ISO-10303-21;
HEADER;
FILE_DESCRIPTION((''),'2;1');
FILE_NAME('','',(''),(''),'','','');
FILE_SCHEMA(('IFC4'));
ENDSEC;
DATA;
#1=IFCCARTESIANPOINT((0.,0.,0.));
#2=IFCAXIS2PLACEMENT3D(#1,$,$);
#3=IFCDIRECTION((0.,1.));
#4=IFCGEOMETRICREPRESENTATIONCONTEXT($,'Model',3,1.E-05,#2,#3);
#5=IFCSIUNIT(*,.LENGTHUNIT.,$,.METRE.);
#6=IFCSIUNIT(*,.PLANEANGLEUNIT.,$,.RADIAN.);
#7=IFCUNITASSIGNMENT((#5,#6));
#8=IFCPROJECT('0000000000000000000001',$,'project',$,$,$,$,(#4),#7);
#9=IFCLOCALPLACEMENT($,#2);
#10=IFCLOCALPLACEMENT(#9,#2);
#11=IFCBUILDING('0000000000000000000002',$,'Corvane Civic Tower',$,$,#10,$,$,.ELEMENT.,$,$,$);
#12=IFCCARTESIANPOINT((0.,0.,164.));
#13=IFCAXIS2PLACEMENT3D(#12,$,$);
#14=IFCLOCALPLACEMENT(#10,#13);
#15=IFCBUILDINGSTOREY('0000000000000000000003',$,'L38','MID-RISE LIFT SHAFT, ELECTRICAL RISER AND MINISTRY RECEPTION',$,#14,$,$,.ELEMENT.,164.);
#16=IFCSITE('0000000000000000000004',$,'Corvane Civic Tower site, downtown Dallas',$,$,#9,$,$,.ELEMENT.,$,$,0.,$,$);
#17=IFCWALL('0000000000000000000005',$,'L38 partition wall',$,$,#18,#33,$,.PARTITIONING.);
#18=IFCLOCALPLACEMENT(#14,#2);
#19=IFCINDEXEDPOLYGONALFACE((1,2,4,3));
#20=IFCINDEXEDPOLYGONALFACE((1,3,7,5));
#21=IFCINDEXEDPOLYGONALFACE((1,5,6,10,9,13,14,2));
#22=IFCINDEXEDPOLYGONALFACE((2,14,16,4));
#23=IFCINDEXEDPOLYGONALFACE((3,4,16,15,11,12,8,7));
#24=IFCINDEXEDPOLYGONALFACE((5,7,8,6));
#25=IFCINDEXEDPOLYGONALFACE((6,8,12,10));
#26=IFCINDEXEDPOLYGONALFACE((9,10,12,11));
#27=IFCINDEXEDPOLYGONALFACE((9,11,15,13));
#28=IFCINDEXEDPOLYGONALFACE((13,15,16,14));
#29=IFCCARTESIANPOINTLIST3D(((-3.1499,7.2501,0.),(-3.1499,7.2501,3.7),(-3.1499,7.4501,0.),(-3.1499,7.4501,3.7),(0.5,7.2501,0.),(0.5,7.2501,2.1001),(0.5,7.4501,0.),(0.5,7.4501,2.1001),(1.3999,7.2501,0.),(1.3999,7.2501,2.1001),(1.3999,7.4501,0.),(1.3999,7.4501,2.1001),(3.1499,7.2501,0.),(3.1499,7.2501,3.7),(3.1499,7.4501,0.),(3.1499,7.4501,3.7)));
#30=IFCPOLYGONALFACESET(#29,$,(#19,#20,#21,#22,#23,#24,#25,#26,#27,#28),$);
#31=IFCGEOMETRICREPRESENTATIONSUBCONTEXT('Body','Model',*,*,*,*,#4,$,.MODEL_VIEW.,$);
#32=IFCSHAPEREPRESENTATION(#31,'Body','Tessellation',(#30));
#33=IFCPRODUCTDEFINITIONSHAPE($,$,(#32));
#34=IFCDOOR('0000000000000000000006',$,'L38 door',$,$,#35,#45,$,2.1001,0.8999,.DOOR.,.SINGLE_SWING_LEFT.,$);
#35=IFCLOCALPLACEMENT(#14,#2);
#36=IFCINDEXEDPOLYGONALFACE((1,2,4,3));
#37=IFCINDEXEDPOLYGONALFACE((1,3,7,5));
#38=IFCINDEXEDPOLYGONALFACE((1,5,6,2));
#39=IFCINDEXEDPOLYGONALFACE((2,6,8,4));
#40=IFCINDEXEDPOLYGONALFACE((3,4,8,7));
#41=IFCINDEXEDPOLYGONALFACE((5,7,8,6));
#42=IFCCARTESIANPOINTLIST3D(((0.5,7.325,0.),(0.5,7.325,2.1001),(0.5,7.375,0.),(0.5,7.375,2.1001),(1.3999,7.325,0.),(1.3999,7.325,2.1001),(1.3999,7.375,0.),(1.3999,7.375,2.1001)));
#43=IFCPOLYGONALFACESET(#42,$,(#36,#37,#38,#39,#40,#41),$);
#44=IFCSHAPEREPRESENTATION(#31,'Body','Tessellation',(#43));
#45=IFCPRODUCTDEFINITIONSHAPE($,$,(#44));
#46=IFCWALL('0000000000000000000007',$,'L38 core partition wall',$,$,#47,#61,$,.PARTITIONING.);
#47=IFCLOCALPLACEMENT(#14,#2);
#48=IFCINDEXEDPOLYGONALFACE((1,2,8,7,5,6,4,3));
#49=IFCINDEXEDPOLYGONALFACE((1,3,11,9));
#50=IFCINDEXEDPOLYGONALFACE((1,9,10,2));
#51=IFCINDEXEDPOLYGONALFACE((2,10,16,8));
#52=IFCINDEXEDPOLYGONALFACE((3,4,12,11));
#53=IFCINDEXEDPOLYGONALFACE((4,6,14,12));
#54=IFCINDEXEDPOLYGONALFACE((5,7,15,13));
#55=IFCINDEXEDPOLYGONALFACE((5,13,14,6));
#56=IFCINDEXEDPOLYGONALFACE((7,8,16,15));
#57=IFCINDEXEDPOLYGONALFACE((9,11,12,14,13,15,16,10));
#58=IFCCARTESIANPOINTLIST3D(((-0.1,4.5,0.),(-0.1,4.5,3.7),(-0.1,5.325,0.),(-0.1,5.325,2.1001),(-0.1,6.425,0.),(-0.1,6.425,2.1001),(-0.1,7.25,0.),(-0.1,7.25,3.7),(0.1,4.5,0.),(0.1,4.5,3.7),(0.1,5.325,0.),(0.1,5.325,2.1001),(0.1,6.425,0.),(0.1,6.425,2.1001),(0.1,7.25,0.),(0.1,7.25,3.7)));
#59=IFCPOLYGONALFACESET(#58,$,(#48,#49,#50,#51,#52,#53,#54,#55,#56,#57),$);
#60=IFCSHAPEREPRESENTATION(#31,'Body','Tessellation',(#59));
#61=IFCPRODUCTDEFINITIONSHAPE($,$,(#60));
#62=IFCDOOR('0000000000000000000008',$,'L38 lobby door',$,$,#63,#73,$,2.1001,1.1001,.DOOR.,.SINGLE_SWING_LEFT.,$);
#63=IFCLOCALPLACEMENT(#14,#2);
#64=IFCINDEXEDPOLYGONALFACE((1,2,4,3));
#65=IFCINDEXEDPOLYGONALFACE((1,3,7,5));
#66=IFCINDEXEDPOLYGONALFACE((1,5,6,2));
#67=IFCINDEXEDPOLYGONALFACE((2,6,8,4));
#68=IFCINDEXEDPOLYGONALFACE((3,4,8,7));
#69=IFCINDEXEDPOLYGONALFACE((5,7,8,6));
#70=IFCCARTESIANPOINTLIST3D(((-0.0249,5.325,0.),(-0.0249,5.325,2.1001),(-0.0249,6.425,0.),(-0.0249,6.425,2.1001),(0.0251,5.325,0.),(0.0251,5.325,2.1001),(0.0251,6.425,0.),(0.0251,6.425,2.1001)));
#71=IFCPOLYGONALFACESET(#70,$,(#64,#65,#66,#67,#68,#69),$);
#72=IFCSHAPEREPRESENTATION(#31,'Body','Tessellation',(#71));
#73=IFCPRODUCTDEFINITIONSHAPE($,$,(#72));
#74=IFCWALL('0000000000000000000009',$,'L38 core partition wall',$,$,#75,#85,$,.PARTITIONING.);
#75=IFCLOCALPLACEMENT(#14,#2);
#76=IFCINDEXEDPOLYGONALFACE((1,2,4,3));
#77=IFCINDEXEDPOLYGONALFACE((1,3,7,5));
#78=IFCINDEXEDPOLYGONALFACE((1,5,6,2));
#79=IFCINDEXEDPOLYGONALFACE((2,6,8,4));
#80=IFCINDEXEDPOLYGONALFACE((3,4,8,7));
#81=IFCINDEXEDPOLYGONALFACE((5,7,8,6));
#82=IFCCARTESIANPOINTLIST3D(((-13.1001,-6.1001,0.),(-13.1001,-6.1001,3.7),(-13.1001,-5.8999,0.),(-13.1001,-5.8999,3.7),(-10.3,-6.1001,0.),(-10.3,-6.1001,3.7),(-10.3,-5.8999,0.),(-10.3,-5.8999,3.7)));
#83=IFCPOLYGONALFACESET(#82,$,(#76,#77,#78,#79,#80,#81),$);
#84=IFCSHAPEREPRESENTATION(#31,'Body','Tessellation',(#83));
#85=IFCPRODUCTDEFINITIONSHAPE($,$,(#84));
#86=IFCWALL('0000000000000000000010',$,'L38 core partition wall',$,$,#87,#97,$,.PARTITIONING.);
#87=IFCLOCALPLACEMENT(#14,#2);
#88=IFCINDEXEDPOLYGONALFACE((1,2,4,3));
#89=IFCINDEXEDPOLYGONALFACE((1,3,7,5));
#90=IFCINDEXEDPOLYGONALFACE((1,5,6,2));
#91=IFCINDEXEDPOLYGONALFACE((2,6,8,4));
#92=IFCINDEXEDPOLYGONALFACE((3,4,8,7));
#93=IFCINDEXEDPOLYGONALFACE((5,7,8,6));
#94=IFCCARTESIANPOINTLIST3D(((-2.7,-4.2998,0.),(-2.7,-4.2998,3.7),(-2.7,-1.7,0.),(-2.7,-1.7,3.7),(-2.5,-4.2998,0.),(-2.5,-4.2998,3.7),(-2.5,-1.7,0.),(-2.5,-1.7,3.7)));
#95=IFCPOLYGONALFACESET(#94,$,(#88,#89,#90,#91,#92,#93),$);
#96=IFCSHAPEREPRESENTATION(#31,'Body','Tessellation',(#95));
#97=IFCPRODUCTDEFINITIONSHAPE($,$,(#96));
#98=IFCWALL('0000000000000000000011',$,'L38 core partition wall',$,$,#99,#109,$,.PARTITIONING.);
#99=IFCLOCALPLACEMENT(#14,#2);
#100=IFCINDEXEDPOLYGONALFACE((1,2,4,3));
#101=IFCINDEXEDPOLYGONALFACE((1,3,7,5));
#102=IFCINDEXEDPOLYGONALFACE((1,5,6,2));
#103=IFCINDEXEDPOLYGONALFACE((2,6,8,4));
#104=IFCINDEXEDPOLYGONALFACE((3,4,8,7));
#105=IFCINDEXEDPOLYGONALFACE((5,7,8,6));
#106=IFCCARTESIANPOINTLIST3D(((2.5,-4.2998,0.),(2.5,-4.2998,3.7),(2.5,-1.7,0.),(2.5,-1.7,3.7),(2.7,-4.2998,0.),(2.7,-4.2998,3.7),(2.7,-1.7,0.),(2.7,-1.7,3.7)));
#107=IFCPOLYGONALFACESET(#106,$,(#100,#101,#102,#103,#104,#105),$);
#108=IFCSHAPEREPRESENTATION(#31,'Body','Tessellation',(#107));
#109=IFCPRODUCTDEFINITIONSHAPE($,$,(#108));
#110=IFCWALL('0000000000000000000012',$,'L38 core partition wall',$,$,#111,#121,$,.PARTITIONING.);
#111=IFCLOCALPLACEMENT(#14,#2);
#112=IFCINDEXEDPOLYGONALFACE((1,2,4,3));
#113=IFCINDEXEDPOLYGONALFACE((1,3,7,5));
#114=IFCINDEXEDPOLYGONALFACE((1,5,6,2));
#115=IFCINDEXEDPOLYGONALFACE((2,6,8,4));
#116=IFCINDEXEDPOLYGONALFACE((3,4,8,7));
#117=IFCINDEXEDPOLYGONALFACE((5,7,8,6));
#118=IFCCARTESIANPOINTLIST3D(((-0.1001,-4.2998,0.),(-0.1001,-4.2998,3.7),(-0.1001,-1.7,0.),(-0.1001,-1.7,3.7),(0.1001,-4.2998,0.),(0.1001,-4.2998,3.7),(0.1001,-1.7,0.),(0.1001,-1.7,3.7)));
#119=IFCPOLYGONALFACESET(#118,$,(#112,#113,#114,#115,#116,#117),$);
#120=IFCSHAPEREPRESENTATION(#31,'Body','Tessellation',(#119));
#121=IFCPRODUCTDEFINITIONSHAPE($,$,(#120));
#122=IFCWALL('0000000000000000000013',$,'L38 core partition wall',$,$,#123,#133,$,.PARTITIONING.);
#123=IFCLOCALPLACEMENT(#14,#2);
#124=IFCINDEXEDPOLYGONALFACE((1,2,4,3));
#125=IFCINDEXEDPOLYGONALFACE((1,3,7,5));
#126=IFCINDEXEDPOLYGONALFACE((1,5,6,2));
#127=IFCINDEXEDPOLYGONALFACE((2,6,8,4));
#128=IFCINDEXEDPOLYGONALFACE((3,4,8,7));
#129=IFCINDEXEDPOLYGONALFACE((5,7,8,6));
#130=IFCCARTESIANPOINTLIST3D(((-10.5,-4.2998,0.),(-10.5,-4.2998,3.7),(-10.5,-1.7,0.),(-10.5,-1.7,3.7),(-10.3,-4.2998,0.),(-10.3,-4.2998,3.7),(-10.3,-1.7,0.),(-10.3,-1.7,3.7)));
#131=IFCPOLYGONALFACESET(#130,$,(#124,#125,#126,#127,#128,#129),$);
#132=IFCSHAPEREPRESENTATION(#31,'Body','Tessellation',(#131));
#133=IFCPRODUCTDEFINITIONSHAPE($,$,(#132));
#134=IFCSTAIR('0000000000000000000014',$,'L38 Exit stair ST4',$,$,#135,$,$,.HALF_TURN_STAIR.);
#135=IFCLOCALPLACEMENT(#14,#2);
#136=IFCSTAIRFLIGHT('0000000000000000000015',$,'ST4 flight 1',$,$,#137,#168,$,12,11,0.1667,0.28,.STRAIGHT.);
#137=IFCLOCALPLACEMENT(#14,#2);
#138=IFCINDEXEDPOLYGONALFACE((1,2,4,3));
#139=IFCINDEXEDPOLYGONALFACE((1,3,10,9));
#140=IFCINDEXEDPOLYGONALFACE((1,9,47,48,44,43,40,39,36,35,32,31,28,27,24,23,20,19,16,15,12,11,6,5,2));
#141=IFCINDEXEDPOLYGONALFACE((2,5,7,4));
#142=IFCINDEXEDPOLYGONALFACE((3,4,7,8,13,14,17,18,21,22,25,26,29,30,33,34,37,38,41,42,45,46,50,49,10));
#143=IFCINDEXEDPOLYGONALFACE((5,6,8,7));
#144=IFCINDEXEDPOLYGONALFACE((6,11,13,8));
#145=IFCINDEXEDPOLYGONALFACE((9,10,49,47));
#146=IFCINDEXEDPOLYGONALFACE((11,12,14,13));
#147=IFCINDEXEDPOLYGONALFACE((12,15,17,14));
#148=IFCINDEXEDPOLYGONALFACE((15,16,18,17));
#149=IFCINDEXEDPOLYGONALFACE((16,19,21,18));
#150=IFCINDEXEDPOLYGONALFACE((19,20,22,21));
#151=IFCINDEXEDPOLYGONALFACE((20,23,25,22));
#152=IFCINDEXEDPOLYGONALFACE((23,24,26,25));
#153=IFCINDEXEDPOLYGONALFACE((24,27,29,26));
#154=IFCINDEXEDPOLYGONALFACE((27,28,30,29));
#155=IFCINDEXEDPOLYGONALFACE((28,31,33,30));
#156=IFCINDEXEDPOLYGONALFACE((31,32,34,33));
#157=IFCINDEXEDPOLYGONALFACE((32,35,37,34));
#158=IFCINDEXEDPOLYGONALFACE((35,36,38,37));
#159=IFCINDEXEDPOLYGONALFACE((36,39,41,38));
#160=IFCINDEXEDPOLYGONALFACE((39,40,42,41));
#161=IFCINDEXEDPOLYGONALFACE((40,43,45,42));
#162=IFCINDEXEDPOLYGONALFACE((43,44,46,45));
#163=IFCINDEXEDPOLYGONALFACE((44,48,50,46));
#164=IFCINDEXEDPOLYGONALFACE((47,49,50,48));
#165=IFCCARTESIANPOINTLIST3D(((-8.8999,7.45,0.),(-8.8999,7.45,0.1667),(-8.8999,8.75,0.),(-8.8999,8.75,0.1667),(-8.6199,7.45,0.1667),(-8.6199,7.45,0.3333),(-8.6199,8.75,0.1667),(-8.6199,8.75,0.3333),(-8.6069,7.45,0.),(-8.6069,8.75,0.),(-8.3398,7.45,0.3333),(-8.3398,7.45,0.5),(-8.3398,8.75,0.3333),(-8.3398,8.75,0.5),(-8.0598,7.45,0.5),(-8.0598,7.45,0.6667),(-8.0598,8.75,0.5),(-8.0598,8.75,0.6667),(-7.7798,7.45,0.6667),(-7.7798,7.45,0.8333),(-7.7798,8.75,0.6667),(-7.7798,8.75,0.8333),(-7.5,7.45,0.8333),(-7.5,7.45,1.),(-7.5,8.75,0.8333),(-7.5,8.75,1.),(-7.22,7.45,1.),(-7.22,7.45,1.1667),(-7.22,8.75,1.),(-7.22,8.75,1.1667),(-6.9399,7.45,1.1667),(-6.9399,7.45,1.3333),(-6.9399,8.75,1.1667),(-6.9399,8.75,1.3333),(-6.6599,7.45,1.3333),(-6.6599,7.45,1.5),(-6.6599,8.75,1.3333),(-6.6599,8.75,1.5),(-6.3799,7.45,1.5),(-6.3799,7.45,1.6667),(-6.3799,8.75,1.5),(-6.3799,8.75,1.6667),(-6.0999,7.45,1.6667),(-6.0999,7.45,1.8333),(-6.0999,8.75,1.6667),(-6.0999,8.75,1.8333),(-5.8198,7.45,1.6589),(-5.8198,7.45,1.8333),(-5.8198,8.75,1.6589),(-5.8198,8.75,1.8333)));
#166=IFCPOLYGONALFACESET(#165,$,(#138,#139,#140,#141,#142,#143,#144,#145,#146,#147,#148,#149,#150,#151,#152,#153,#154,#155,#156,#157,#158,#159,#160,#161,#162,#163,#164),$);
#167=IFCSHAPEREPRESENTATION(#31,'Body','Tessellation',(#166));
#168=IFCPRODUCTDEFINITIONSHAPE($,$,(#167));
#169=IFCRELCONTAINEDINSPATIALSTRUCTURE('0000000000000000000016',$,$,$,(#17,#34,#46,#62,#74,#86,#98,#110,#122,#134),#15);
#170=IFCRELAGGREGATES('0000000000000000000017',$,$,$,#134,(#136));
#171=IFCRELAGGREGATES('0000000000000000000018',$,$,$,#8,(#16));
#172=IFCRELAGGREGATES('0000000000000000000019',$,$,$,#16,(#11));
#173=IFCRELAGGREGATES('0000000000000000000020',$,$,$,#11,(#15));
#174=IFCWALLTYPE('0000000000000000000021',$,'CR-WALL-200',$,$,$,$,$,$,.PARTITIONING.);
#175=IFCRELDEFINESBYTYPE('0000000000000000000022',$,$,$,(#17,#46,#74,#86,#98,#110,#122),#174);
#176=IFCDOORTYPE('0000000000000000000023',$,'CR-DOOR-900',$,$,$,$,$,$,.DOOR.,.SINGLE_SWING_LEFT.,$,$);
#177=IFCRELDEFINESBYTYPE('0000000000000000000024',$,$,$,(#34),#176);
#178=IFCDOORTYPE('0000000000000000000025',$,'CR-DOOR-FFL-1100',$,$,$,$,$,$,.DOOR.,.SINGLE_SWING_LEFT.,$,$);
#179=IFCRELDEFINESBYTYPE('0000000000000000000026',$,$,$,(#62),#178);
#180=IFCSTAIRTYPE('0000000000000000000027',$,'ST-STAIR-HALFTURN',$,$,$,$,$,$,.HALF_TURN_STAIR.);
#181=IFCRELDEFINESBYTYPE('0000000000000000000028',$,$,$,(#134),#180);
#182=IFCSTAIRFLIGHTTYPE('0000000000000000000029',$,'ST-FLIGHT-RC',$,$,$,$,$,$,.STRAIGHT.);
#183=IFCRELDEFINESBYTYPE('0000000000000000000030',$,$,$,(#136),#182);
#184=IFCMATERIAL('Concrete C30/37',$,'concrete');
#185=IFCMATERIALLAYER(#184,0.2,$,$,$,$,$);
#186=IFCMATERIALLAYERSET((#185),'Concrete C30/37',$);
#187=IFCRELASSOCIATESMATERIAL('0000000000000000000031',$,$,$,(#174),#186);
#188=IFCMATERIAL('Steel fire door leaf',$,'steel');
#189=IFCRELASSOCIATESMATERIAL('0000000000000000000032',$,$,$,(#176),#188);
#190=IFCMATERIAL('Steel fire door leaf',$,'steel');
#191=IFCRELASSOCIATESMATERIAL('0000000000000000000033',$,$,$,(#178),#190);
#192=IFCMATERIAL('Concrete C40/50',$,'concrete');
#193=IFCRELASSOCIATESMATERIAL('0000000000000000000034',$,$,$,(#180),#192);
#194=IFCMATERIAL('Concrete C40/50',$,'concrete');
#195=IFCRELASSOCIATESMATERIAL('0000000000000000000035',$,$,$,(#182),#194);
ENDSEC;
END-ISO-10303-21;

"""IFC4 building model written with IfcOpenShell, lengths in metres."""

from ifc_helpers import new_model, si_unit, direction, frame, frame_2d, origin, place, context, subcontext, project, spatial, polyline, rectangle, outline, extrude, material, layer, layer_set, type_object, element, fill, aggregate, save


model = new_model("IFC4")

# Units and contexts
model_context = context("Model", 3, precision=1e-05, world=origin(), true_north=direction((0.0, 1.0)))
body_context = subcontext(model_context, "Body", "Model", "MODEL_VIEW")
ifc_project = project(units=[si_unit("LENGTHUNIT", "METRE"), si_unit("PLANEANGLEUNIT", "RADIAN")], contexts=[model_context])

# Site, building, storey
site_placement = place(None, origin())
site = spatial("IfcSite", under=ifc_project, at=site_placement, Name="Corvane Civic Tower site, downtown Dallas", CompositionType="ELEMENT", RefElevation=0.0)
building_placement = place(site_placement, origin())
building = spatial("IfcBuilding", under=site, at=building_placement, Name="Corvane Civic Tower", CompositionType="ELEMENT")
storey_placement = place(building_placement, frame((0.0, 0.0, 164.0)))
storey = spatial("IfcBuildingStorey", under=building, at=storey_placement, Name="L38", Description="MID-RISE LIFT SHAFT, ELECTRICAL RISER AND MINISTRY RECEPTION", CompositionType="ELEMENT", Elevation=164.0)

# Walls, openings, doors
ifc_material_1 = material(Name="Concrete C30/37", Category="concrete")
ifc_layer = layer(ifc_material_1, 0.2)
ifc_layer_set = layer_set([ifc_layer], Name="Concrete C30/37")
wall_type = type_object("IfcWallType", Name="CR-WALL-200", PredefinedType="PARTITIONING", material=ifc_layer_set)
wall_1_placement = place(storey_placement, frame((-3.1499, 7.3501, 0.0), z_axis=(0.0, 0.0, 1.0), x_axis=(1.0, 0.0, 0.0)))
wall_1 = element("IfcWall", 1, at=wall_1_placement, inside=storey, type_object=wall_type, Name="L38 partition wall", PredefinedType="PARTITIONING", context=body_context, shape_type="SweptSolid", body=[
    extrude(rectangle(XDim=6.2998, YDim=0.2, at=frame_2d((3.1499, 0.0))), origin(), (0.0, 0.0, 1.0), 3.7),
])
opening_1_placement = place(wall_1_placement, frame((3.6499, 0.0, 0.0)))
opening_1 = element("IfcOpeningElement", 2, at=opening_1_placement, cuts=wall_1, PredefinedType="OPENING", context=body_context, shape_type="SweptSolid", body=[
    extrude(rectangle(XDim=0.8999, YDim=2.1001, at=frame_2d((0.45, 1.05))), frame((0.0, 0.1099, 0.0), z_axis=(0.0, -1.0, 0.0), x_axis=(1.0, 0.0, 0.0)), (0.0, 0.0, 1.0), 0.22),
])
ifc_material_2 = material(Name="Steel fire door leaf", Category="steel")
door_type_1 = type_object("IfcDoorType", Name="CR-DOOR-900", OperationType="SINGLE_SWING_LEFT", PredefinedType="DOOR", material=ifc_material_2)
door_1_placement = place(opening_1_placement, origin())
door_1 = element("IfcDoor", 3, at=door_1_placement, inside=storey, type_object=door_type_1, Name="L38 door", OperationType="SINGLE_SWING_LEFT", OverallHeight=2.1001, OverallWidth=0.8999, PredefinedType="DOOR", context=body_context, shape_type="SweptSolid", body=[
    extrude(rectangle(XDim=0.8999, YDim=2.1001, at=frame_2d((0.45, 1.05))), frame((0.0, 0.0249, 0.0), z_axis=(0.0, -1.0, 0.0), x_axis=(1.0, 0.0, 0.0)), (0.0, 0.0, 1.0), 0.05),
])
fill(opening_1, door_1)
wall_2_placement = place(storey_placement, frame((0.0, 4.5, 0.0), z_axis=(0.0, 0.0, 1.0), x_axis=(0.0, 1.0, 0.0)))
wall_2 = element("IfcWall", 4, at=wall_2_placement, inside=storey, type_object=wall_type, Name="L38 core partition wall", PredefinedType="PARTITIONING", context=body_context, shape_type="SweptSolid", body=[
    extrude(rectangle(XDim=2.75, YDim=0.2, at=frame_2d((1.375, 0.0))), origin(), (0.0, 0.0, 1.0), 3.7),
])
opening_2_placement = place(wall_2_placement, frame((0.825, 0.0, 0.0)))
opening_2 = element("IfcOpeningElement", 5, at=opening_2_placement, cuts=wall_2, PredefinedType="OPENING", context=body_context, shape_type="SweptSolid", body=[
    extrude(rectangle(XDim=1.1001, YDim=2.1001, at=frame_2d((0.55, 1.05))), frame((0.0, 0.1099, 0.0), z_axis=(0.0, -1.0, 0.0), x_axis=(1.0, 0.0, 0.0)), (0.0, 0.0, 1.0), 0.22),
])
ifc_material_3 = material(Name="Steel fire door leaf", Category="steel")
door_type_2 = type_object("IfcDoorType", Name="CR-DOOR-FFL-1100", OperationType="SINGLE_SWING_LEFT", PredefinedType="DOOR", material=ifc_material_3)
door_2_placement = place(opening_2_placement, origin())
door_2 = element("IfcDoor", 6, at=door_2_placement, inside=storey, type_object=door_type_2, Name="L38 lobby door", OperationType="SINGLE_SWING_LEFT", OverallHeight=2.1001, OverallWidth=1.1001, PredefinedType="DOOR", context=body_context, shape_type="SweptSolid", body=[
    extrude(rectangle(XDim=1.1001, YDim=2.1001, at=frame_2d((0.55, 1.05))), frame((0.0, 0.0249, 0.0), z_axis=(0.0, -1.0, 0.0), x_axis=(1.0, 0.0, 0.0)), (0.0, 0.0, 1.0), 0.05),
])
fill(opening_2, door_2)

# Walls
wall_3_placement = place(storey_placement, origin())
element("IfcWall", 7, at=wall_3_placement, inside=storey, type_object=wall_type, Name="L38 core partition wall", PredefinedType="PARTITIONING", context=body_context, shape_type="SweptSolid", body=[
    extrude(outline(polyline([(-10.3, -6.1001), (-13.1001, -6.1001), (-13.1001, -5.8999), (-10.3, -5.8999), (-10.3, -6.1001)])), origin(), (0.0, 0.0, 1.0), 3.7),
])
wall_4_placement = place(storey_placement, origin())
element("IfcWall", 8, at=wall_4_placement, inside=storey, type_object=wall_type, Name="L38 core partition wall", PredefinedType="PARTITIONING", context=body_context, shape_type="SweptSolid", body=[
    extrude(outline(polyline([(-2.5, -1.7), (-2.5, -4.2998), (-2.7, -4.2998), (-2.7, -1.7), (-2.5, -1.7)])), origin(), (0.0, 0.0, 1.0), 3.7),
])
wall_5_placement = place(storey_placement, origin())
element("IfcWall", 9, at=wall_5_placement, inside=storey, type_object=wall_type, Name="L38 core partition wall", PredefinedType="PARTITIONING", context=body_context, shape_type="SweptSolid", body=[
    extrude(outline(polyline([(2.7, -1.7), (2.7, -4.2998), (2.5, -4.2998), (2.5, -1.7), (2.7, -1.7)])), origin(), (0.0, 0.0, 1.0), 3.7),
])
wall_6_placement = place(storey_placement, origin())
element("IfcWall", 10, at=wall_6_placement, inside=storey, type_object=wall_type, Name="L38 core partition wall", PredefinedType="PARTITIONING", context=body_context, shape_type="SweptSolid", body=[
    extrude(outline(polyline([(0.1001, -1.7), (0.1001, -4.2998), (-0.1001, -4.2998), (-0.1001, -1.7), (0.1001, -1.7)])), origin(), (0.0, 0.0, 1.0), 3.7),
])
wall_7_placement = place(storey_placement, origin())
element("IfcWall", 11, at=wall_7_placement, inside=storey, type_object=wall_type, Name="L38 core partition wall", PredefinedType="PARTITIONING", context=body_context, shape_type="SweptSolid", body=[
    extrude(outline(polyline([(-10.3, -1.7), (-10.3, -4.2998), (-10.5, -4.2998), (-10.5, -1.7), (-10.3, -1.7)])), origin(), (0.0, 0.0, 1.0), 3.7),
])

# Stair, stair flight
ifc_material_4 = material(Name="Concrete C40/50", Category="concrete")
stair_type = type_object("IfcStairType", Name="ST-STAIR-HALFTURN", PredefinedType="HALF_TURN_STAIR", material=ifc_material_4)
stair_placement = place(storey_placement, origin())
stair = element("IfcStair", 12, at=stair_placement, inside=storey, type_object=stair_type, Name="L38 Exit stair ST4", PredefinedType="HALF_TURN_STAIR")
ifc_material_5 = material(Name="Concrete C40/50", Category="concrete")
stair_flight_type = type_object("IfcStairFlightType", Name="ST-FLIGHT-RC", PredefinedType="STRAIGHT", material=ifc_material_5)
stair_flight_1_placement = place(storey_placement, frame((-8.8999, 8.1001, 0.0), z_axis=(0.0, 0.0, 1.0), x_axis=(1.0, 0.0, 0.0)))
stair_flight_1 = element("IfcStairFlight", 13, at=stair_flight_1_placement, type_object=stair_flight_type, Name="ST4 flight 1", NumberOfRisers=12, NumberOfTreads=11, PredefinedType="STRAIGHT", RiserHeight=0.1667, TreadLength=0.28, context=body_context, shape_type="SweptSolid", body=[
    extrude(outline(polyline([(0.0, 0.0), (0.0, 0.1667), (0.28, 0.1667), (0.28, 0.3333), (0.5601, 0.3333), (0.5601, 0.5), (0.8401, 0.5), (0.8401, 0.6667), (1.1201, 0.6667), (1.1201, 0.8333), (1.3999, 0.8333), (1.3999, 1.0), (1.6799, 1.0), (1.6799, 1.1667), (1.96, 1.1667), (1.96, 1.3333), (2.24, 1.3333), (2.24, 1.5), (2.52, 1.5), (2.52, 1.6667), (2.8, 1.6667), (2.8, 1.8333), (3.0801, 1.8333), (3.0801, 2.0), (3.0801, 1.6589), (0.293, 0.0), (0.0, 0.0)])), frame((0.0, 0.6499, 0.0), z_axis=(0.0, -1.0, 0.0), x_axis=(1.0, 0.0, 0.0)), (0.0, 0.0, 1.0), 1.3),
])
aggregate(stair, [stair_flight_1])

save(model, "model.ifc")
